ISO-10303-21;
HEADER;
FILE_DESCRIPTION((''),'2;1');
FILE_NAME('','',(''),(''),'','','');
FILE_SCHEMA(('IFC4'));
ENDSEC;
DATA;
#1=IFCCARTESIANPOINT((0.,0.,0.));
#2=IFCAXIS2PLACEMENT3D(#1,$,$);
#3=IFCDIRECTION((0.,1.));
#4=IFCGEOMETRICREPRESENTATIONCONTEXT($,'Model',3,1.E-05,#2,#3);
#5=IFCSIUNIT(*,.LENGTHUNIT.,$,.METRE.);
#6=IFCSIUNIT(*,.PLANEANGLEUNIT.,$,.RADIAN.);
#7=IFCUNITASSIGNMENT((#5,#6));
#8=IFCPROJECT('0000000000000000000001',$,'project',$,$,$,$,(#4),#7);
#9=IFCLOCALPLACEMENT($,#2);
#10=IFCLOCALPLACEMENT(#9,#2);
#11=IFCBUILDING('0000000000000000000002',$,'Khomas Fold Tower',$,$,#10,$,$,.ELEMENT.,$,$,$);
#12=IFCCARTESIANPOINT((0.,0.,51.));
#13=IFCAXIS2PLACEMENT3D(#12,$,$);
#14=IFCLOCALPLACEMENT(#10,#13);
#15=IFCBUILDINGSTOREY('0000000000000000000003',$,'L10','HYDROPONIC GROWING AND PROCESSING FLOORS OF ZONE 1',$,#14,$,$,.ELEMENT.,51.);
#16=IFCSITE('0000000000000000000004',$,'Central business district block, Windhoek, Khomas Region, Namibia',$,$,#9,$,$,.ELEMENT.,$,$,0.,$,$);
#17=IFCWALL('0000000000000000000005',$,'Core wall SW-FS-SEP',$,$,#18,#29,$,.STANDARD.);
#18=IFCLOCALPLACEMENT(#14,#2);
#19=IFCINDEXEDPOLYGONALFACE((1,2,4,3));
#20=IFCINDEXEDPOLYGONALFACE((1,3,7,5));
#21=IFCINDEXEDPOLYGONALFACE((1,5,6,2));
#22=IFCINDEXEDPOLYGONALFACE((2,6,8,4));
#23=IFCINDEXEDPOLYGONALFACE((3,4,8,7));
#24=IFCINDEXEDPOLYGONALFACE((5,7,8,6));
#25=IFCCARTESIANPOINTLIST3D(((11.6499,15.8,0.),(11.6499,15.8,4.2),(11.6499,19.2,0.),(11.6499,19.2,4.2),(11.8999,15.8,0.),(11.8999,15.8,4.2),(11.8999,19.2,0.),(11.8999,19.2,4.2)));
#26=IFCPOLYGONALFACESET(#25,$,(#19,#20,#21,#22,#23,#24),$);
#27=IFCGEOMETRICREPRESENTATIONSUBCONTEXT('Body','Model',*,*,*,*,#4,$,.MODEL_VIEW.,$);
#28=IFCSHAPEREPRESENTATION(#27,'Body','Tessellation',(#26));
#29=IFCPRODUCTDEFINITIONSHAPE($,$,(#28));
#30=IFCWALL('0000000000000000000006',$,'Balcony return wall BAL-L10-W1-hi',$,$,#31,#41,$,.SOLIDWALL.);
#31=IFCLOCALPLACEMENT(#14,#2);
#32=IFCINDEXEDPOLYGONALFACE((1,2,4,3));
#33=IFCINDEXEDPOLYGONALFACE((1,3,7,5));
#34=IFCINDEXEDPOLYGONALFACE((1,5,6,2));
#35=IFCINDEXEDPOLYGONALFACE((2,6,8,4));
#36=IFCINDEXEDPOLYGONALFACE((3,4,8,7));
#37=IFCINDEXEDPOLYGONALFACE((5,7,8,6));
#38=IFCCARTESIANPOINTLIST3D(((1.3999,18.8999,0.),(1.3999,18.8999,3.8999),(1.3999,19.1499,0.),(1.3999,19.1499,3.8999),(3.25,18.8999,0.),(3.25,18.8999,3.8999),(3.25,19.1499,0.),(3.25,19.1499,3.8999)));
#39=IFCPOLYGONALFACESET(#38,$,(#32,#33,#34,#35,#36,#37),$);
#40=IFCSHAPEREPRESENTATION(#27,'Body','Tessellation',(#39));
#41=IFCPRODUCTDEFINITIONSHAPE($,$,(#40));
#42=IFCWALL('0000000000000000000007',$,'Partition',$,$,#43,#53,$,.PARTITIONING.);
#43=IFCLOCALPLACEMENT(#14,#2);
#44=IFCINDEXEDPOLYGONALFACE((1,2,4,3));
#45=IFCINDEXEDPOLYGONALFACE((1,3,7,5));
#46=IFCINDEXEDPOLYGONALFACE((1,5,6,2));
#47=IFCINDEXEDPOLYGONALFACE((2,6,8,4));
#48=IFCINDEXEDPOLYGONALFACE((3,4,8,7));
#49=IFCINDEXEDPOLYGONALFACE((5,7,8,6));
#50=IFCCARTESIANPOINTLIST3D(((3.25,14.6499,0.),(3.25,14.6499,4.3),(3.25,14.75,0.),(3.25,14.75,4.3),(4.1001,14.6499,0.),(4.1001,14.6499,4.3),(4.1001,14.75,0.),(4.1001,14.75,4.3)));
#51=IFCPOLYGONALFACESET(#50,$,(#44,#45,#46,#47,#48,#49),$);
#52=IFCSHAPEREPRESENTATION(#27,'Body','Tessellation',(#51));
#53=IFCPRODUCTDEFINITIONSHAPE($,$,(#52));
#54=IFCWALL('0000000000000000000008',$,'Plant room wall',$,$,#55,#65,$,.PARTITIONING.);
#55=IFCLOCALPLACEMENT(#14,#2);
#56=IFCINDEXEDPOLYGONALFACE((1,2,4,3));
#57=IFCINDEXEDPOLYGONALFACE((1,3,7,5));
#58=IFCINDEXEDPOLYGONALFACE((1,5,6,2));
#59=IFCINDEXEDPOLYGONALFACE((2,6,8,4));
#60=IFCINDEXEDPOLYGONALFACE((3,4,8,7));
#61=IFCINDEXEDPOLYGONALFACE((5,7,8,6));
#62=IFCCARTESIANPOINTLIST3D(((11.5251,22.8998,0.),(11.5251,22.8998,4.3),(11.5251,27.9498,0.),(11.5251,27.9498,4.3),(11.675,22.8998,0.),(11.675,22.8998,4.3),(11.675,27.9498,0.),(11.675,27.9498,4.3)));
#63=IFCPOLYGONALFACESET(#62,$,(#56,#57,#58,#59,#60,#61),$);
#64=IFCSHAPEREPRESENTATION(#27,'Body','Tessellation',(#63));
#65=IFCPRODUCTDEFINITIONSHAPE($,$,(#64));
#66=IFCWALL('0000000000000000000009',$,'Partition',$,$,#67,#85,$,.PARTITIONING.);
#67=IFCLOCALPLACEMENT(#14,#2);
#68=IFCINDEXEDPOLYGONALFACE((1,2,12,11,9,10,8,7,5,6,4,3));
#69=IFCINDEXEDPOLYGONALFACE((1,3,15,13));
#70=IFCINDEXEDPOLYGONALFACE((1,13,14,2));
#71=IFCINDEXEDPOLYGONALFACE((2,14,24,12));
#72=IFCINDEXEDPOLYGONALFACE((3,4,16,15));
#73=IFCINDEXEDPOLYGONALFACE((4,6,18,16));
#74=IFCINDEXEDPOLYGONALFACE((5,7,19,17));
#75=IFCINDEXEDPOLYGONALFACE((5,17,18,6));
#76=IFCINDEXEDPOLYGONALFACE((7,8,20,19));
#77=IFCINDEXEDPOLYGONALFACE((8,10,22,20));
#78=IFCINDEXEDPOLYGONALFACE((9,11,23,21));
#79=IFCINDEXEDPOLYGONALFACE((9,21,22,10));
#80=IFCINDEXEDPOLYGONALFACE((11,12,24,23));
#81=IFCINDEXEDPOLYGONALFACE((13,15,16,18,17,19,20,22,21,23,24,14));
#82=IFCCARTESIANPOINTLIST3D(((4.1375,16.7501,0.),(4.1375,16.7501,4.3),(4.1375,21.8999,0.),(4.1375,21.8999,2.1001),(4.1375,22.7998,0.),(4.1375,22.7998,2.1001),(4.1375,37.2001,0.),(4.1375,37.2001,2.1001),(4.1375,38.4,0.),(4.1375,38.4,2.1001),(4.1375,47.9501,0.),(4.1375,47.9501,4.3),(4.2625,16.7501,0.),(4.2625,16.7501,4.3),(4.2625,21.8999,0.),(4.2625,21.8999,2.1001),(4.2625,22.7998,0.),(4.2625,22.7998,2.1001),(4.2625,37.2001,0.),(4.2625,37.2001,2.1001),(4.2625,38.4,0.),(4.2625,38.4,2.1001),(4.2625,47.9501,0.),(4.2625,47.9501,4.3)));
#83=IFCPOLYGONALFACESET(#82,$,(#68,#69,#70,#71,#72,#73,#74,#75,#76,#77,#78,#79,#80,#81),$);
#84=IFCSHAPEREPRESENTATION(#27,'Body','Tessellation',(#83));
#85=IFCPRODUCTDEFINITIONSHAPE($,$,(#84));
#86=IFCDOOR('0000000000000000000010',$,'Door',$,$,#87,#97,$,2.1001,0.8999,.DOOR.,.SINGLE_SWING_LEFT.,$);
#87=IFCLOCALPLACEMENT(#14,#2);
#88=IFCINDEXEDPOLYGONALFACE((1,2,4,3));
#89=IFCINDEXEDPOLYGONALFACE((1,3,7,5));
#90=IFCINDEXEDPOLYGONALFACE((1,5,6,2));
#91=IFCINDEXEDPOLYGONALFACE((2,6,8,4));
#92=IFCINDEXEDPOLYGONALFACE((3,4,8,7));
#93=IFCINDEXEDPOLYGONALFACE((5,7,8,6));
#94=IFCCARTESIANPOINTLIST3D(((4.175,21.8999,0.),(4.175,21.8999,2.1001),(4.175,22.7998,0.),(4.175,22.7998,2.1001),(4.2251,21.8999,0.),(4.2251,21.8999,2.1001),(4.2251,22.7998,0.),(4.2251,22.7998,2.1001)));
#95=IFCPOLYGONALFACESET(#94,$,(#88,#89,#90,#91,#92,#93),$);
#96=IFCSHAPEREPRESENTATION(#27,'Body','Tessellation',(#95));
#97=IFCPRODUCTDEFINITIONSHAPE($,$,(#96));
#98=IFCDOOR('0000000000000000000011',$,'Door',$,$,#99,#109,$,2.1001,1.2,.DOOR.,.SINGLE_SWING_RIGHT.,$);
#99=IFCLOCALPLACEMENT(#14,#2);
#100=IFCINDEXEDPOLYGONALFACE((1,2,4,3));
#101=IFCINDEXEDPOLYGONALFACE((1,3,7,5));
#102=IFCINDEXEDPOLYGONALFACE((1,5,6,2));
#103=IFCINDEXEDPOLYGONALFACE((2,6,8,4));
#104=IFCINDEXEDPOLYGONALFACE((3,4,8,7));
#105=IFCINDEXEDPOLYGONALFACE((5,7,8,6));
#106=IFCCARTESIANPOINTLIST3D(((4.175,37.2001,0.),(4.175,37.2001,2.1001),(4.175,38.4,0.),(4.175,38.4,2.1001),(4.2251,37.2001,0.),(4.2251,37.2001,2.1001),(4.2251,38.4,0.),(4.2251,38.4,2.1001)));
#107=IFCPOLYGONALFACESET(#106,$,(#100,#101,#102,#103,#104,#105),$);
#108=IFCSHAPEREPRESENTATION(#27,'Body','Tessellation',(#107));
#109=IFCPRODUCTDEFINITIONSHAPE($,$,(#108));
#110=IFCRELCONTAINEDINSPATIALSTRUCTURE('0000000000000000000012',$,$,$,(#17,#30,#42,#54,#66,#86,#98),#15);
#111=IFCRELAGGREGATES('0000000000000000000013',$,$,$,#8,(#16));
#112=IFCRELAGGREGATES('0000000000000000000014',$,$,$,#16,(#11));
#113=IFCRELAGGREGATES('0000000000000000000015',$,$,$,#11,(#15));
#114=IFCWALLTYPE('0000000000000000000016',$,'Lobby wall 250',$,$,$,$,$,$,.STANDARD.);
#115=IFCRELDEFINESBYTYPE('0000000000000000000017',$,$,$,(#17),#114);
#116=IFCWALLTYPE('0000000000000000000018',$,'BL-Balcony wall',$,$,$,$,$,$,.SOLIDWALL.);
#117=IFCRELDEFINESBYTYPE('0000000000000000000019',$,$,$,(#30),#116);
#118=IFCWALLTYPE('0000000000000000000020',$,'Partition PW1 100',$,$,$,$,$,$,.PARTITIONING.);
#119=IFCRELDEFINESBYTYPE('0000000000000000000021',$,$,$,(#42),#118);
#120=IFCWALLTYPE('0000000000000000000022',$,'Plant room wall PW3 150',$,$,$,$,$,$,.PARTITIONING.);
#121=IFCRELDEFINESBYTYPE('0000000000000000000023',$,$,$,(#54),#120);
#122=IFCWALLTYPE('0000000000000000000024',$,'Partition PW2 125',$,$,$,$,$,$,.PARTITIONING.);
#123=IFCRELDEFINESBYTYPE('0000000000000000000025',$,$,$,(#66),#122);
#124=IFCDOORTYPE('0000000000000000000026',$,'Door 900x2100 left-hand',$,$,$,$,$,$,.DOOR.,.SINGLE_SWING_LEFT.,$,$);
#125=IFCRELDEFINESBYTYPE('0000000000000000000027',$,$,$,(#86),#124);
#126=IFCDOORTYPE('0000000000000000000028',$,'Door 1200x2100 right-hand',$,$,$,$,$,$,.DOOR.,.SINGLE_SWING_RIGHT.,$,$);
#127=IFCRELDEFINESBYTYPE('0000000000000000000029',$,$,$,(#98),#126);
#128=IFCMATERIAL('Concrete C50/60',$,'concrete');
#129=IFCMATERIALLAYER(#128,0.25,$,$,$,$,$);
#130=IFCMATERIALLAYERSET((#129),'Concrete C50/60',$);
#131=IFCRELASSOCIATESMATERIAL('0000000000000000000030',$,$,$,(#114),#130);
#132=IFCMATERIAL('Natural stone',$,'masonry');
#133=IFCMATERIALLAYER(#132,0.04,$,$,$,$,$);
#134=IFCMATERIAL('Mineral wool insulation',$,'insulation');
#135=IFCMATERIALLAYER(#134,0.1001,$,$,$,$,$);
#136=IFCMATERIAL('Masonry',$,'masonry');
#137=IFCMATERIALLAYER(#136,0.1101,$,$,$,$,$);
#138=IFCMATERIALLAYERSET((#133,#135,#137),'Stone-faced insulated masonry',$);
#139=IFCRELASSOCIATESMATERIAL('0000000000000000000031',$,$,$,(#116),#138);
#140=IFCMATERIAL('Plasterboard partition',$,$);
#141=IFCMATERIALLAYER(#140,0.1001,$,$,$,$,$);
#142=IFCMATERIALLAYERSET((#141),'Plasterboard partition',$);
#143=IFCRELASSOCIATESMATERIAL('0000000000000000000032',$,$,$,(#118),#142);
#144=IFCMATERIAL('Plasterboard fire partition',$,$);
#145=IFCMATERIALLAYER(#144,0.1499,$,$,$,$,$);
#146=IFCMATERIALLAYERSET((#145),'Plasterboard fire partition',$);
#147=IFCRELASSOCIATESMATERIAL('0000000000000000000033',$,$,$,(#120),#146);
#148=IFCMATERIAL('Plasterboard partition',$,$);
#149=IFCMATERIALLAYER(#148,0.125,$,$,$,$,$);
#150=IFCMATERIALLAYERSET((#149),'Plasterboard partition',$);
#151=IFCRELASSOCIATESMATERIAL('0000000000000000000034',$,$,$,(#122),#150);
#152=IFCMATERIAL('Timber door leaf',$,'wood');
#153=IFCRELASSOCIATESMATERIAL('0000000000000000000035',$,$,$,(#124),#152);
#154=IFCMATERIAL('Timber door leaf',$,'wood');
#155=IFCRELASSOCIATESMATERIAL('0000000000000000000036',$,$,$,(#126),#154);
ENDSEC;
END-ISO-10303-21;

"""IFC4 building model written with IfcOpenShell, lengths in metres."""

from ifc_helpers import new_model, si_unit, direction, frame, frame_2d, origin, place, context, subcontext, project, spatial, rectangle, extrude, source, transform, mapped, material, layer, layer_set, type_object, element, fill, save


model = new_model("IFC4")

# Units and contexts
model_context = context("Model", 3, precision=1e-05, world=origin(), true_north=direction((0.0, 1.0)))
body_context = subcontext(model_context, "Body", "Model", "MODEL_VIEW")
ifc_project = project(units=[si_unit("LENGTHUNIT", "METRE"), si_unit("PLANEANGLEUNIT", "RADIAN")], contexts=[model_context])

# Site, building, storey
site_placement = place(None, origin())
site = spatial("IfcSite", under=ifc_project, at=site_placement, Name="Central business district block, Windhoek, Khomas Region, Namibia", CompositionType="ELEMENT", RefElevation=0.0)
building_placement = place(site_placement, origin())
building = spatial("IfcBuilding", under=site, at=building_placement, Name="Khomas Fold Tower", CompositionType="ELEMENT")
storey_placement = place(building_placement, frame((0.0, 0.0, 51.0)))
storey = spatial("IfcBuildingStorey", under=building, at=storey_placement, Name="L10", Description="HYDROPONIC GROWING AND PROCESSING FLOORS OF ZONE 1", CompositionType="ELEMENT", Elevation=51.0)

# Shared definitions
shared_shape_1 = source(origin(), body_context, "Body", "SweptSolid", [
    extrude(rectangle(XDim=1.2, YDim=2.1001, at=frame_2d((0.6001, 1.05))), frame((0.0, 0.0249, 0.0), z_axis=(0.0, -1.0, 0.0), x_axis=(1.0, 0.0, 0.0)), (0.0, 0.0, 1.0), 0.05),
])

# Walls
ifc_material_1 = material(Name="Concrete C50/60", Category="concrete")
ifc_layer_1 = layer(ifc_material_1, 0.25)
ifc_layer_set_1 = layer_set([ifc_layer_1], Name="Concrete C50/60")
wall_type_1 = type_object("IfcWallType", Name="Lobby wall 250", PredefinedType="STANDARD", material=ifc_layer_set_1)
shared_shape_2 = source(origin(), body_context, "Body", "SweptSolid", [
    extrude(rectangle(XDim=3.3999, YDim=0.25, at=frame_2d((1.7, 0.0))), origin(), (0.0, 0.0, 1.0), 4.2),
])
wall_1_placement = place(storey_placement, frame((11.7749, 15.8, 0.0), z_axis=(0.0, 0.0, 1.0), x_axis=(0.0, 1.0, 0.0)))
element("IfcWall", 1, at=wall_1_placement, inside=storey, type_object=wall_type_1, Name="Core wall SW-FS-SEP", PredefinedType="STANDARD", context=body_context, shape_type="MappedRepresentation", body=[
    mapped(shared_shape_2, transform((0.0, 0.0, 0.0))),
])
ifc_material_2 = material(Name="Natural stone", Category="masonry")
ifc_layer_2 = layer(ifc_material_2, 0.04)
ifc_material_3 = material(Name="Mineral wool insulation", Category="insulation")
ifc_layer_3 = layer(ifc_material_3, 0.1001)
ifc_material_4 = material(Name="Masonry", Category="masonry")
ifc_layer_4 = layer(ifc_material_4, 0.1101)
ifc_layer_set_2 = layer_set([ifc_layer_2, ifc_layer_3, ifc_layer_4], Name="Stone-faced insulated masonry")
wall_type_2 = type_object("IfcWallType", Name="BL-Balcony wall", PredefinedType="SOLIDWALL", material=ifc_layer_set_2)
shared_shape_3 = source(origin(), body_context, "Body", "SweptSolid", [
    extrude(rectangle(XDim=1.8501, YDim=0.25, at=frame_2d((0.925, 0.0))), origin(), (0.0, 0.0, 1.0), 3.8999),
])
wall_2_placement = place(storey_placement, frame((1.3999, 19.0249, 0.0), z_axis=(0.0, 0.0, 1.0), x_axis=(1.0, 0.0, 0.0)))
element("IfcWall", 2, at=wall_2_placement, inside=storey, type_object=wall_type_2, Name="Balcony return wall BAL-L10-W1-hi", PredefinedType="SOLIDWALL", context=body_context, shape_type="MappedRepresentation", body=[
    mapped(shared_shape_3, transform((0.0, 0.0, 0.0))),
])
ifc_material_5 = material(Name="Plasterboard partition")
ifc_layer_5 = layer(ifc_material_5, 0.1001)
ifc_layer_set_3 = layer_set([ifc_layer_5], Name="Plasterboard partition")
wall_type_3 = type_object("IfcWallType", Name="Partition PW1 100", PredefinedType="PARTITIONING", material=ifc_layer_set_3)
shared_shape_4 = source(origin(), body_context, "Body", "SweptSolid", [
    extrude(rectangle(XDim=0.8501, YDim=0.1001, at=frame_2d((0.425, 0.0))), origin(), (0.0, 0.0, 1.0), 4.3),
])
wall_3_placement = place(storey_placement, frame((3.25, 14.7, 0.0), z_axis=(0.0, 0.0, 1.0), x_axis=(1.0, 0.0, 0.0)))
element("IfcWall", 3, at=wall_3_placement, inside=storey, type_object=wall_type_3, Name="Partition", PredefinedType="PARTITIONING", context=body_context, shape_type="MappedRepresentation", body=[
    mapped(shared_shape_4, transform((0.0, 0.0, 0.0))),
])
ifc_material_6 = material(Name="Plasterboard fire partition")
ifc_layer_6 = layer(ifc_material_6, 0.1499)
ifc_layer_set_4 = layer_set([ifc_layer_6], Name="Plasterboard fire partition")
wall_type_4 = type_object("IfcWallType", Name="Plant room wall PW3 150", PredefinedType="PARTITIONING", material=ifc_layer_set_4)
shared_shape_5 = source(origin(), body_context, "Body", "SweptSolid", [
    extrude(rectangle(XDim=5.05, YDim=0.1499, at=frame_2d((2.5249, 0.0))), origin(), (0.0, 0.0, 1.0), 4.3),
])
wall_4_placement = place(storey_placement, frame((11.6001, 22.8999, 0.0), z_axis=(0.0, 0.0, 1.0), x_axis=(0.0, 1.0, 0.0)))
element("IfcWall", 4, at=wall_4_placement, inside=storey, type_object=wall_type_4, Name="Plant room wall", PredefinedType="PARTITIONING", context=body_context, shape_type="MappedRepresentation", body=[
    mapped(shared_shape_5, transform((0.0, 0.0, 0.0))),
])

# Wall, openings, doors
ifc_material_7 = material(Name="Plasterboard partition")
ifc_layer_7 = layer(ifc_material_7, 0.125)
ifc_layer_set_5 = layer_set([ifc_layer_7], Name="Plasterboard partition")
wall_type_5 = type_object("IfcWallType", Name="Partition PW2 125", PredefinedType="PARTITIONING", material=ifc_layer_set_5)
shared_shape_6 = source(origin(), body_context, "Body", "SweptSolid", [
    extrude(rectangle(XDim=31.2, YDim=0.125, at=frame_2d((15.6001, 0.0))), origin(), (0.0, 0.0, 1.0), 4.3),
])
wall_5_placement = place(storey_placement, frame((4.2, 16.75, 0.0), z_axis=(0.0, 0.0, 1.0), x_axis=(0.0, 1.0, 0.0)))
wall_5 = element("IfcWall", 5, at=wall_5_placement, inside=storey, type_object=wall_type_5, Name="Partition", PredefinedType="PARTITIONING", context=body_context, shape_type="MappedRepresentation", body=[
    mapped(shared_shape_6, transform((0.0, 0.0, 0.0))),
])
shared_shape_7 = source(origin(), body_context, "Body", "SweptSolid", [
    extrude(rectangle(XDim=0.8999, YDim=2.1001, at=frame_2d((0.45, 1.05))), frame((0.0, 0.0725, 0.0), z_axis=(0.0, -1.0, 0.0), x_axis=(1.0, 0.0, 0.0)), (0.0, 0.0, 1.0), 0.145),
])
opening_1_placement = place(wall_5_placement, frame((5.1499, 0.0, 0.0)))
opening_1 = element("IfcOpeningElement", 6, at=opening_1_placement, cuts=wall_5, PredefinedType="OPENING", context=body_context, shape_type="MappedRepresentation", body=[
    mapped(shared_shape_7, transform((0.0, 0.0, 0.0))),
])
shared_shape_8 = source(origin(), body_context, "Body", "SweptSolid", [
    extrude(rectangle(XDim=1.2, YDim=2.1001, at=frame_2d((0.6001, 1.05))), frame((0.0, 0.0725, 0.0), z_axis=(0.0, -1.0, 0.0), x_axis=(1.0, 0.0, 0.0)), (0.0, 0.0, 1.0), 0.145),
])
opening_2_placement = place(wall_5_placement, frame((20.45, 0.0, 0.0)))
opening_2 = element("IfcOpeningElement", 7, at=opening_2_placement, cuts=wall_5, PredefinedType="OPENING", context=body_context, shape_type="MappedRepresentation", body=[
    mapped(shared_shape_8, transform((0.0, 0.0, 0.0))),
])
ifc_material_8 = material(Name="Timber door leaf", Category="wood")
door_type_1 = type_object("IfcDoorType", Name="Door 900x2100 left-hand", OperationType="SINGLE_SWING_LEFT", PredefinedType="DOOR", material=ifc_material_8)
shared_shape_9 = source(origin(), body_context, "Body", "SweptSolid", [
    extrude(rectangle(XDim=0.8999, YDim=2.1001, at=frame_2d((0.45, 1.05))), frame((0.0, 0.0249, 0.0), z_axis=(0.0, -1.0, 0.0), x_axis=(1.0, 0.0, 0.0)), (0.0, 0.0, 1.0), 0.05),
])
door_1_placement = place(opening_1_placement, origin())
door_1 = element("IfcDoor", 8, at=door_1_placement, inside=storey, type_object=door_type_1, Name="Door", OperationType="SINGLE_SWING_LEFT", OverallHeight=2.1001, OverallWidth=0.8999, PredefinedType="DOOR", context=body_context, shape_type="MappedRepresentation", body=[
    mapped(shared_shape_9, transform((0.0, 0.0, 0.0))),
])
fill(opening_1, door_1)
ifc_material_9 = material(Name="Timber door leaf", Category="wood")
door_type_2 = type_object("IfcDoorType", Name="Door 1200x2100 right-hand", OperationType="SINGLE_SWING_RIGHT", PredefinedType="DOOR", material=ifc_material_9)
door_2_placement = place(opening_2_placement, origin())
door_2 = element("IfcDoor", 9, at=door_2_placement, inside=storey, type_object=door_type_2, Name="Door", OperationType="SINGLE_SWING_RIGHT", OverallHeight=2.1001, OverallWidth=1.2, PredefinedType="DOOR", context=body_context, shape_type="MappedRepresentation", body=[
    mapped(shared_shape_1, transform((0.0, 0.0, 0.0))),
])
fill(opening_2, door_2)

save(model, "model.ifc")
